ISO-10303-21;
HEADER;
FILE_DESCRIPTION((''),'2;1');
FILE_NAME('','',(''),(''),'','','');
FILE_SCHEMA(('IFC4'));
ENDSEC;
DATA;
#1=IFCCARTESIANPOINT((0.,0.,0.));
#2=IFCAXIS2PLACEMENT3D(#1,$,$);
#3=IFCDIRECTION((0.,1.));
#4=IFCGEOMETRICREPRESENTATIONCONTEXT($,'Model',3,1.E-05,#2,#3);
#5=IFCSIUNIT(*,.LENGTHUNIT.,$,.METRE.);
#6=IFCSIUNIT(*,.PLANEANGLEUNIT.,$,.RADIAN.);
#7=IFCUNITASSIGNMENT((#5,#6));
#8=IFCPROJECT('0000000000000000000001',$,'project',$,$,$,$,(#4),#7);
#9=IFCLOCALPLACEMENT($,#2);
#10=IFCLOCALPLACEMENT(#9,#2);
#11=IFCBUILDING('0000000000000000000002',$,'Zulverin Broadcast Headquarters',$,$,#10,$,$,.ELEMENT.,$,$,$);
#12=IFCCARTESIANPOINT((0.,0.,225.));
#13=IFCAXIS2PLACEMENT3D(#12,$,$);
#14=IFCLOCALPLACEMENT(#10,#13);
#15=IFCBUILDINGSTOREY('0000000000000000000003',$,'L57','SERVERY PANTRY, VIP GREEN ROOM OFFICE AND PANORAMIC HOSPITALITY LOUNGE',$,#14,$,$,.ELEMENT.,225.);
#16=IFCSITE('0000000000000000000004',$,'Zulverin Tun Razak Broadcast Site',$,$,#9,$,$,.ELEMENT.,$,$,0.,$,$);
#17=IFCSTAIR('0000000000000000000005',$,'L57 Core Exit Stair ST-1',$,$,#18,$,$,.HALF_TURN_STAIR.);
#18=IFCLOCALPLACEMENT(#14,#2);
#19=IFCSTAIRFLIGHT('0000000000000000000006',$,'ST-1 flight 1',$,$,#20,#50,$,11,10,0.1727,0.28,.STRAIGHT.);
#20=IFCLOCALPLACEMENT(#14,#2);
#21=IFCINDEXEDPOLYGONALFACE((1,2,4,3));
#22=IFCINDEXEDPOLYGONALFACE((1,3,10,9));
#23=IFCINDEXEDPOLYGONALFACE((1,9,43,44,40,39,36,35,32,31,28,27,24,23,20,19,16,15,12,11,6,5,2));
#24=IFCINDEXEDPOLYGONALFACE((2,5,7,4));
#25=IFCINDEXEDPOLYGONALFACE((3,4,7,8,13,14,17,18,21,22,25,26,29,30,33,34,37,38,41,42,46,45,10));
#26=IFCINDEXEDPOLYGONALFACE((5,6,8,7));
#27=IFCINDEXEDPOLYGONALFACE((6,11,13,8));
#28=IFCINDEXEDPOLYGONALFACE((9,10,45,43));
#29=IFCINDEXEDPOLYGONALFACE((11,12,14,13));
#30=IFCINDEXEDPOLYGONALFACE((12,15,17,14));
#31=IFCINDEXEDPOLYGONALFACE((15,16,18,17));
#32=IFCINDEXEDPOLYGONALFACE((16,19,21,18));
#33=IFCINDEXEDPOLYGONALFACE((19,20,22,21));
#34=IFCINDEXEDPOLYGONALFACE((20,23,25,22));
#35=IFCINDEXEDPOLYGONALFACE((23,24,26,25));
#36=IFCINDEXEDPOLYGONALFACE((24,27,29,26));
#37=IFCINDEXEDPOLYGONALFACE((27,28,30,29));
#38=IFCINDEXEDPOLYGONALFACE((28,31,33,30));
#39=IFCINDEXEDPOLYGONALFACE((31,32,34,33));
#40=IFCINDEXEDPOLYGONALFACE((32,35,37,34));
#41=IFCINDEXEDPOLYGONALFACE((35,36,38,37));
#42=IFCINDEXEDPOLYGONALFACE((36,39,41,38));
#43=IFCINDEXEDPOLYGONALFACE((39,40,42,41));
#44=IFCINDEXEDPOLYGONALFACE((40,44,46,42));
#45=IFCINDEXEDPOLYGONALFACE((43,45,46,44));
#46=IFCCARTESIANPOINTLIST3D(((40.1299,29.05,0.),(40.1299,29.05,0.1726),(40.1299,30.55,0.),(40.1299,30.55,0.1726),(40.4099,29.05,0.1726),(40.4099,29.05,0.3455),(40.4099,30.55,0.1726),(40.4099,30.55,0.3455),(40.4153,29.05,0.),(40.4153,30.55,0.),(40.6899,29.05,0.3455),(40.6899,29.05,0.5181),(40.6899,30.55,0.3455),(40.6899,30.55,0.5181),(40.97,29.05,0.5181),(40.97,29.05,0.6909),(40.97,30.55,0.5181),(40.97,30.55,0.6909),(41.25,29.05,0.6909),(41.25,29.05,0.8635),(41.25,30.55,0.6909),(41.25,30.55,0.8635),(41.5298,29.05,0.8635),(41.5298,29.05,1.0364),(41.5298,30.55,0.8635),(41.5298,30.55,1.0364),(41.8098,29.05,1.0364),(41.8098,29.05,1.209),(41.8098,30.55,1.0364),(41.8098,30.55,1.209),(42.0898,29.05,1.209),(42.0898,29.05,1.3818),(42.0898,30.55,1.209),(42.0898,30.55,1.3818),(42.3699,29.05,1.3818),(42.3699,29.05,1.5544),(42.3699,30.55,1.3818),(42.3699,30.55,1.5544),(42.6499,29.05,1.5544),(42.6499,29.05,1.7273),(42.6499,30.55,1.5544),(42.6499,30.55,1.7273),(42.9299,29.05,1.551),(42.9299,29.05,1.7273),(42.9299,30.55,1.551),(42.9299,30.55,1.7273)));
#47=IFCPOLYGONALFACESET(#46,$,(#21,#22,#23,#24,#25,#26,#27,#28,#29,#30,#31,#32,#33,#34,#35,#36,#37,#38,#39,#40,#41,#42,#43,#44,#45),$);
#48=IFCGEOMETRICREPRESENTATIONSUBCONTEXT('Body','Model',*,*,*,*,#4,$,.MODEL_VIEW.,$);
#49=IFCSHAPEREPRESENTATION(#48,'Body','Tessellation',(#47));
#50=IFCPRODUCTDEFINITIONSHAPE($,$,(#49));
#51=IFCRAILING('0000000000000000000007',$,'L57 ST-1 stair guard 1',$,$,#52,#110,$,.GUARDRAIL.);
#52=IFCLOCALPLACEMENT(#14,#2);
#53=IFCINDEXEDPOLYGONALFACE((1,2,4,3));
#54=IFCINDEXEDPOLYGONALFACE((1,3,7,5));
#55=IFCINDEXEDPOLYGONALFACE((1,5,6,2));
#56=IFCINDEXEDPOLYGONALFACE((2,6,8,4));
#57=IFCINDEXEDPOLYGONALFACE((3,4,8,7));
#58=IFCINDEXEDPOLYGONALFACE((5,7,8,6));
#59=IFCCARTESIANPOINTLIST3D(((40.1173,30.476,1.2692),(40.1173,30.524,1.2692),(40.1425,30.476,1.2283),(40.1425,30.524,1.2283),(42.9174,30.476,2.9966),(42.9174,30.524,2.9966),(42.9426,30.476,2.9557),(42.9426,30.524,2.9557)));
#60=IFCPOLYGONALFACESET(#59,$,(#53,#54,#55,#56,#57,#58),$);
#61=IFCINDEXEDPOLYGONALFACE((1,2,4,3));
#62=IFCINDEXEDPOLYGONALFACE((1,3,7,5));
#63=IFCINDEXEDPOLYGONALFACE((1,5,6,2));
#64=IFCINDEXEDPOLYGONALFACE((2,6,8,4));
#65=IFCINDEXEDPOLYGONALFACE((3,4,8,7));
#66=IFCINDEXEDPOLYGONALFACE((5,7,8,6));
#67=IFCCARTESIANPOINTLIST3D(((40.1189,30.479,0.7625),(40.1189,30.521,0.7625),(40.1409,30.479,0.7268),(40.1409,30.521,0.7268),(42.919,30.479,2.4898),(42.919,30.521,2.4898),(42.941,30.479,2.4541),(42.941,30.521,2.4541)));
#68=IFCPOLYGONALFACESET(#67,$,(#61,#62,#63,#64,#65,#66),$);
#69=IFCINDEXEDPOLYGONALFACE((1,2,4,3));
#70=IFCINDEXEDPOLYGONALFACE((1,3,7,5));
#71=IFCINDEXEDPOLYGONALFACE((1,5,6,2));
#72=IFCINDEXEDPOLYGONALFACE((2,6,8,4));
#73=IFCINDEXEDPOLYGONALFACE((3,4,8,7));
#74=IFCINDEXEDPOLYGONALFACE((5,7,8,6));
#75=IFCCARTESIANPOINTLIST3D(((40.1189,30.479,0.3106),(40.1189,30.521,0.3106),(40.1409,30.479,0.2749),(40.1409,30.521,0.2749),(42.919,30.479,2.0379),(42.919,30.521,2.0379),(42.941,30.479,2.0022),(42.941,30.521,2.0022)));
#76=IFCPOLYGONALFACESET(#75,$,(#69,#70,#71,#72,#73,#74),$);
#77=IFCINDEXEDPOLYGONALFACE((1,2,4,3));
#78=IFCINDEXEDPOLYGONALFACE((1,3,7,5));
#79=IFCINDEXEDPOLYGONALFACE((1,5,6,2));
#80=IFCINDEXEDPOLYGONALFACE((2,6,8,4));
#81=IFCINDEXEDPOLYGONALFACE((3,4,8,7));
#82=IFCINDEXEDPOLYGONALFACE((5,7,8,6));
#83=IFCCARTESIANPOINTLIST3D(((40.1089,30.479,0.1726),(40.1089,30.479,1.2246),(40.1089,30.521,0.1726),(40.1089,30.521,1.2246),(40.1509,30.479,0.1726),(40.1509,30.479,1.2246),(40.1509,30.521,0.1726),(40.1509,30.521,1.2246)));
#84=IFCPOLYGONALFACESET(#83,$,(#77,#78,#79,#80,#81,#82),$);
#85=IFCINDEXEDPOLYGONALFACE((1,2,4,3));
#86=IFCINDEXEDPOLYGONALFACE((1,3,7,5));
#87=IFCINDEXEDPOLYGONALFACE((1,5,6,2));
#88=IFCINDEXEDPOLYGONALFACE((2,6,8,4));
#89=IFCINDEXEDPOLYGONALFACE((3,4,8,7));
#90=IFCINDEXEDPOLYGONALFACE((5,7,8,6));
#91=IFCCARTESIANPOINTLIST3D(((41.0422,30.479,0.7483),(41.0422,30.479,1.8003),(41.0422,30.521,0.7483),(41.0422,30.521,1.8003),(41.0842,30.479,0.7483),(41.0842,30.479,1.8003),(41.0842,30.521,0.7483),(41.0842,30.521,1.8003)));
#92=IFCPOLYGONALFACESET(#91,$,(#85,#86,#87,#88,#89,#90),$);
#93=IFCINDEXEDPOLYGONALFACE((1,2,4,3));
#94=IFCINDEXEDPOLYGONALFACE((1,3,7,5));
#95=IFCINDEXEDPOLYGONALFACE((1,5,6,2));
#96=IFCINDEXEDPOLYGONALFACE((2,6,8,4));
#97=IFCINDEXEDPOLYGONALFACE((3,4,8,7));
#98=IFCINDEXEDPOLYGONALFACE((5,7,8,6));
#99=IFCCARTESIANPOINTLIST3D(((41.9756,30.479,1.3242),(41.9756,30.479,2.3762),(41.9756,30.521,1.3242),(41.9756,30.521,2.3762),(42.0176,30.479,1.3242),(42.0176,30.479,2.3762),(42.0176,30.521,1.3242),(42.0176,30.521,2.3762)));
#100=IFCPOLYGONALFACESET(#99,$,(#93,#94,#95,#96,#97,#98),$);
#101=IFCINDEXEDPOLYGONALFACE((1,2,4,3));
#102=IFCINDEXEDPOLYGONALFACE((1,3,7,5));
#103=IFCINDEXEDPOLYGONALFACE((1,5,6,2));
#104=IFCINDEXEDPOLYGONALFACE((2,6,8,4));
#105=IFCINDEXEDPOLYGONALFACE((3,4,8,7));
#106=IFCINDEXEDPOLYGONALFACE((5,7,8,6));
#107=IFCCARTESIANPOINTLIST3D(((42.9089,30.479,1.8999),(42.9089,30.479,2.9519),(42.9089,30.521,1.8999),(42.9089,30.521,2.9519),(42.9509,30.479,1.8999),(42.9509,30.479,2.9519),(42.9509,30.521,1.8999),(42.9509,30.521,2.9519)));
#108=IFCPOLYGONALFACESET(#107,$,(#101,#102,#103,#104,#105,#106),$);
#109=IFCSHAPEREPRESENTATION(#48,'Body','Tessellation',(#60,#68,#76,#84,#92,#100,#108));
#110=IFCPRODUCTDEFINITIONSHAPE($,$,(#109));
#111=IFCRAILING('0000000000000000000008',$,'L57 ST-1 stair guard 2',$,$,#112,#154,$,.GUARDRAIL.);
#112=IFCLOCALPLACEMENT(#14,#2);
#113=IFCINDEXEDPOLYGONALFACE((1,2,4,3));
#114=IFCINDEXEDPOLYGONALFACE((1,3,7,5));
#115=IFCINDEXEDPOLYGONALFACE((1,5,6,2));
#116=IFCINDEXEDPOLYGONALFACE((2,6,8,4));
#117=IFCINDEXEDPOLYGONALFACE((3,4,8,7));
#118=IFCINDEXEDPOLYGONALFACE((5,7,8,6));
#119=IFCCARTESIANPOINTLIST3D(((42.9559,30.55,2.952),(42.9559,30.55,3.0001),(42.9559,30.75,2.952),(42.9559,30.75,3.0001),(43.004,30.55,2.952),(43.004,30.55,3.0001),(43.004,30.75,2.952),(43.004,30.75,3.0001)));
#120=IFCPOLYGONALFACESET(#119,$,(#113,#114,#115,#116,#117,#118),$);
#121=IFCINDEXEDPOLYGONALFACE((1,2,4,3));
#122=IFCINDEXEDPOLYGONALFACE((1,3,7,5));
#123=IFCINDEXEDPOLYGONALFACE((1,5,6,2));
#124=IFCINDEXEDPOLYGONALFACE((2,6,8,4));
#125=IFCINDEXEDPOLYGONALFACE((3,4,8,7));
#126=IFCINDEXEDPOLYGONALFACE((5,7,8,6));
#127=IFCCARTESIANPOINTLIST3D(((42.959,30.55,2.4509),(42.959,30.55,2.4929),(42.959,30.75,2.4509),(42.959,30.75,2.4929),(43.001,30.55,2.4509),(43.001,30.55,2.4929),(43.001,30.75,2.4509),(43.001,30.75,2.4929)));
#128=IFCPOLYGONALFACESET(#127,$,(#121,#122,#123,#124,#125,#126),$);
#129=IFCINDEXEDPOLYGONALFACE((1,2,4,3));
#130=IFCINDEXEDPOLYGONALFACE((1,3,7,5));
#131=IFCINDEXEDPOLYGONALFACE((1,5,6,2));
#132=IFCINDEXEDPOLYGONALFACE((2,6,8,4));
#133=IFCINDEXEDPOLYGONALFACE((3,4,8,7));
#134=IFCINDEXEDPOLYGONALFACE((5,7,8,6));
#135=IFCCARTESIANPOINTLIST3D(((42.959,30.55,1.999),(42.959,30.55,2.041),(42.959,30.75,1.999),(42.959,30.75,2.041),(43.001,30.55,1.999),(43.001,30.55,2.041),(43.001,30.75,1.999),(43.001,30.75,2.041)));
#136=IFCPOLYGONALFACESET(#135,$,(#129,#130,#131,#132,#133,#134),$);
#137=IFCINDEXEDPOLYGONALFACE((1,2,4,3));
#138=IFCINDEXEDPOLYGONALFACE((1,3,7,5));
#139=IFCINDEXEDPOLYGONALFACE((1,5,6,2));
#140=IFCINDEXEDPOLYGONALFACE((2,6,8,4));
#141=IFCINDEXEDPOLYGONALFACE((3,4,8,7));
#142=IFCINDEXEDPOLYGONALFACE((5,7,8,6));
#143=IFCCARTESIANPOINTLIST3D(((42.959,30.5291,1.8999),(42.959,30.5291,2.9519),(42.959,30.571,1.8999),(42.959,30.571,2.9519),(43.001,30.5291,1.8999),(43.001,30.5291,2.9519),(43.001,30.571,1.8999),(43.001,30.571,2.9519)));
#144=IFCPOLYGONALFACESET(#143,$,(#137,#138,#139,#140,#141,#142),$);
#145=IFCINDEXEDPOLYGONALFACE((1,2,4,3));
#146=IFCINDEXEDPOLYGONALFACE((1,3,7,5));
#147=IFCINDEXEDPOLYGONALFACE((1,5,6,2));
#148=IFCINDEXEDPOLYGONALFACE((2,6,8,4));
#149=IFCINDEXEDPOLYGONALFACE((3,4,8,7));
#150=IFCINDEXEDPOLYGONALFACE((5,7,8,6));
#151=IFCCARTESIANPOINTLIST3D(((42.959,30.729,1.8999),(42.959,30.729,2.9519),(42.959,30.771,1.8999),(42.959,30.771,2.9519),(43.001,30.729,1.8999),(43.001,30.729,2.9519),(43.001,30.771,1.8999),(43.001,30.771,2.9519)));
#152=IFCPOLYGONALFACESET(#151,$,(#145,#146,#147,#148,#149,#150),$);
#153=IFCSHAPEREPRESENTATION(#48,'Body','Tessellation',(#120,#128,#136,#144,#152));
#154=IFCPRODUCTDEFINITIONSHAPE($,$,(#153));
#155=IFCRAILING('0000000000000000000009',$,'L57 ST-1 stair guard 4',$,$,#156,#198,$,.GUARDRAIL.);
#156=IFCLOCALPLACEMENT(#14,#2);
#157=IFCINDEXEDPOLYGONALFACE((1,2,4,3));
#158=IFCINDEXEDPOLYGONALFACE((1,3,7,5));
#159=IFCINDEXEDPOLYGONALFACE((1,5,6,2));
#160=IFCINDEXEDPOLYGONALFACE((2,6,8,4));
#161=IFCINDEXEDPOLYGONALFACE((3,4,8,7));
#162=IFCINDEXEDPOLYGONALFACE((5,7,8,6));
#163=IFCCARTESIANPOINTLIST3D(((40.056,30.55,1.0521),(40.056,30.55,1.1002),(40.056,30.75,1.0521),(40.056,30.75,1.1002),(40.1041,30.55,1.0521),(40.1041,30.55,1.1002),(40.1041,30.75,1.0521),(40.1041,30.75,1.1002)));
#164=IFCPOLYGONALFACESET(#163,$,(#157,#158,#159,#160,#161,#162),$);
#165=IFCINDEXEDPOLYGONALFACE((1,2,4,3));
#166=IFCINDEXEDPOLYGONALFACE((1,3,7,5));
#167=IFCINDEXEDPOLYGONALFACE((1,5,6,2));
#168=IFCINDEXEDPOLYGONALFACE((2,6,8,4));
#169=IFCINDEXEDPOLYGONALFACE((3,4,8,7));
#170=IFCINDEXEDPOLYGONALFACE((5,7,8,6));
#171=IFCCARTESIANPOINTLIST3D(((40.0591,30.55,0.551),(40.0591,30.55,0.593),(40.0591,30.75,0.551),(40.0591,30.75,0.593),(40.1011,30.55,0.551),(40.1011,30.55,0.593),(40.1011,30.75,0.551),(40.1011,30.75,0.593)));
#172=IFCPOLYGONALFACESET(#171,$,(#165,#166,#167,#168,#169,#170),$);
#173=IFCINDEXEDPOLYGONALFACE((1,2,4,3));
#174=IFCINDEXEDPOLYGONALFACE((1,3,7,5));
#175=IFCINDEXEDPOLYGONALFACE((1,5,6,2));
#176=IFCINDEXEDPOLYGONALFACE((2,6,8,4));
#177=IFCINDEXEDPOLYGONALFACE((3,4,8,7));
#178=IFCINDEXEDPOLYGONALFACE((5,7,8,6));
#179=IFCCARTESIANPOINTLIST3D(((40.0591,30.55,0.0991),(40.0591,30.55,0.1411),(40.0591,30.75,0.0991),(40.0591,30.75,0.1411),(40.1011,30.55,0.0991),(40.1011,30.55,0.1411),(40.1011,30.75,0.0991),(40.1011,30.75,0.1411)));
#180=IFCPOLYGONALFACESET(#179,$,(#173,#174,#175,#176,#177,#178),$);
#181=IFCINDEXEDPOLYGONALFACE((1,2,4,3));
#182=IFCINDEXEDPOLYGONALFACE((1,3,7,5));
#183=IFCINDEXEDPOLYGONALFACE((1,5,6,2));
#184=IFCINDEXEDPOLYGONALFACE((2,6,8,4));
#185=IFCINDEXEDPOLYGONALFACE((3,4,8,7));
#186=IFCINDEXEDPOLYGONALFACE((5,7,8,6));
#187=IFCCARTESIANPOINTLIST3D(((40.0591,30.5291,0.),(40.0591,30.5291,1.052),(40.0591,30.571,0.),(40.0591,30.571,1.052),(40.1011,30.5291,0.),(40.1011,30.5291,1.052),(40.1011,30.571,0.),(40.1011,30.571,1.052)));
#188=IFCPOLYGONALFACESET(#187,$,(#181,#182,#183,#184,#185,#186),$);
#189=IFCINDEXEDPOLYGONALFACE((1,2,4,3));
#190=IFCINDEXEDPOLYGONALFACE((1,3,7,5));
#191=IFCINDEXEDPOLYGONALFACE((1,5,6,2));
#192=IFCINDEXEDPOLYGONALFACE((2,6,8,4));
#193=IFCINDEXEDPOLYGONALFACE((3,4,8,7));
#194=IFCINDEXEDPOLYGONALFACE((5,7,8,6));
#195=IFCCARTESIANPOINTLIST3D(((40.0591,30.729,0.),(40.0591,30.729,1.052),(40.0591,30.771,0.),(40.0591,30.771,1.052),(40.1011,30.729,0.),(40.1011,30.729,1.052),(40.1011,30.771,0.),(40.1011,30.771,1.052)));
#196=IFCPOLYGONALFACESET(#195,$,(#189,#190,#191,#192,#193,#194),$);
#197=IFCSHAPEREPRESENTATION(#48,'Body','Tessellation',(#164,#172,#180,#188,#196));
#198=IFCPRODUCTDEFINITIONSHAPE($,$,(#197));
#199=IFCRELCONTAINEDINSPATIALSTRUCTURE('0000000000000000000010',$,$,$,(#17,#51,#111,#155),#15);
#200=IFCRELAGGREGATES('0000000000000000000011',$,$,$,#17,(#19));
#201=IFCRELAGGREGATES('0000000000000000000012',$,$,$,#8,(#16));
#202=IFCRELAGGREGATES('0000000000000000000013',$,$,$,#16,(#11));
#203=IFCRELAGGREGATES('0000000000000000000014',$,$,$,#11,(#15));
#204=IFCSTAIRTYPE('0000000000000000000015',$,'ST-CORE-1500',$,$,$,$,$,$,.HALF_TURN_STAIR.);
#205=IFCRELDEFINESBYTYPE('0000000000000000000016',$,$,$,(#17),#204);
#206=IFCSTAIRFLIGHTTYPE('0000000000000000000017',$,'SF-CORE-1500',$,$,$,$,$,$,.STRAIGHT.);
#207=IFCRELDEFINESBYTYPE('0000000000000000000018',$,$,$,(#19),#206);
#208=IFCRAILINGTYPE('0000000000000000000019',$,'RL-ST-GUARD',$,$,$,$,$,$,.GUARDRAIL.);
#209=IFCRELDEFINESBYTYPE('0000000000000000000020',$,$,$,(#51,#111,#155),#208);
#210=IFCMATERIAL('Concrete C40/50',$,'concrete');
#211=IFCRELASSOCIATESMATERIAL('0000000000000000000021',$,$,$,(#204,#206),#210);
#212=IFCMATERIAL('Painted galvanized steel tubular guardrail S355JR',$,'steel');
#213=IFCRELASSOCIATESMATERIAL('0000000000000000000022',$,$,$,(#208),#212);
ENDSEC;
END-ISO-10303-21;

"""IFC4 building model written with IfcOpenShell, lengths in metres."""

from ifc_helpers import new_model, si_unit, direction, frame, origin, origin_2d, place, context, subcontext, project, spatial, polyline, rectangle, outline, extrude, material, type_object, element, aggregate, save


model = new_model("IFC4")

# Units and contexts
model_context = context("Model", 3, precision=1e-05, world=origin(), true_north=direction((0.0, 1.0)))
body_context = subcontext(model_context, "Body", "Model", "MODEL_VIEW")
ifc_project = project(units=[si_unit("LENGTHUNIT", "METRE"), si_unit("PLANEANGLEUNIT", "RADIAN")], contexts=[model_context])

# Site, building, storey
site_placement = place(None, origin())
site = spatial("IfcSite", under=ifc_project, at=site_placement, Name="Zulverin Tun Razak Broadcast Site", CompositionType="ELEMENT", RefElevation=0.0)
building_placement = place(site_placement, origin())
building = spatial("IfcBuilding", under=site, at=building_placement, Name="Zulverin Broadcast Headquarters", CompositionType="ELEMENT")
storey_placement = place(building_placement, frame((0.0, 0.0, 225.0)))
storey = spatial("IfcBuildingStorey", under=building, at=storey_placement, Name="L57", Description="SERVERY PANTRY, VIP GREEN ROOM OFFICE AND PANORAMIC HOSPITALITY LOUNGE", CompositionType="ELEMENT", Elevation=225.0)

# Stair, stair flight
ifc_material_1 = material(Name="Concrete C40/50", Category="concrete")
stair_type = type_object("IfcStairType", Name="ST-CORE-1500", PredefinedType="HALF_TURN_STAIR", material=ifc_material_1)
stair_placement = place(storey_placement, origin())
stair = element("IfcStair", 1, at=stair_placement, inside=storey, type_object=stair_type, Name="L57 Core Exit Stair ST-1", PredefinedType="HALF_TURN_STAIR")
stair_flight_type = type_object("IfcStairFlightType", Name="SF-CORE-1500", PredefinedType="STRAIGHT", material=ifc_material_1)
stair_flight_placement = place(storey_placement, frame((40.1299, 29.8, 0.0), z_axis=(0.0, 0.0, 1.0), x_axis=(1.0, 0.0, 0.0)))
stair_flight = element("IfcStairFlight", 2, at=stair_flight_placement, type_object=stair_flight_type, Name="ST-1 flight 1", NumberOfRisers=11, NumberOfTreads=10, PredefinedType="STRAIGHT", RiserHeight=0.1727, TreadLength=0.28, context=body_context, shape_type="SweptSolid", body=[
    extrude(outline(polyline([(0.0, 0.0), (0.0, 0.1726), (0.28, 0.1726), (0.28, 0.3455), (0.5601, 0.3455), (0.5601, 0.5181), (0.8401, 0.5181), (0.8401, 0.6909), (1.1201, 0.6909), (1.1201, 0.8635), (1.3999, 0.8635), (1.3999, 1.0364), (1.6799, 1.0364), (1.6799, 1.209), (1.96, 1.209), (1.96, 1.3818), (2.24, 1.3818), (2.24, 1.5544), (2.52, 1.5544), (2.52, 1.7273), (2.8, 1.7273), (2.8, 1.8999), (2.8, 1.551), (0.2854, 0.0), (0.0, 0.0)])), frame((0.0, 0.75, 0.0), z_axis=(0.0, -1.0, 0.0), x_axis=(1.0, 0.0, 0.0)), (0.0, 0.0, 1.0), 1.5),
])
aggregate(stair, [stair_flight])

# Railings
ifc_material_2 = material(Name="Painted galvanized steel tubular guardrail S355JR", Category="steel")
railing_type_1 = type_object("IfcRailingType", Name="RL-ST-GUARD", PredefinedType="GUARDRAIL", material=ifc_material_2)
railing_1_placement = place(storey_placement, frame((40.1299, 30.5, 0.1726)))
element("IfcRailing", 3, at=railing_1_placement, inside=storey, type_object=railing_type_1, Name="L57 ST-1 stair guard 1", PredefinedType="GUARDRAIL", context=body_context, shape_type="SweptSolid", body=[
    extrude(rectangle(XDim=0.0481, YDim=0.0481, at=origin_2d()), frame((0.0, 0.0, 1.0762), z_axis=(0.85109, 0.0, 0.52502), x_axis=(0.0, 1.0, 0.0)), (0.0, 0.0, 1.0), 3.29),
    extrude(rectangle(XDim=0.042, YDim=0.042, at=origin_2d()), frame((0.0, 0.0, 0.572), z_axis=(0.85109, 0.0, 0.52502), x_axis=(0.0, 1.0, 0.0)), (0.0, 0.0, 1.0), 3.29),
    extrude(rectangle(XDim=0.042, YDim=0.042, at=origin_2d()), frame((0.0, 0.0, 0.1201), z_axis=(0.85109, 0.0, 0.52502), x_axis=(0.0, 1.0, 0.0)), (0.0, 0.0, 1.0), 3.29),
    extrude(rectangle(XDim=0.042, YDim=0.042, at=origin_2d()), origin(), (0.0, 0.0, 1.0), 1.052),
    extrude(rectangle(XDim=0.042, YDim=0.042, at=origin_2d()), frame((0.9333, 0.0, 0.5757)), (0.0, 0.0, 1.0), 1.052),
    extrude(rectangle(XDim=0.042, YDim=0.042, at=origin_2d()), frame((1.8667, 0.0, 1.1516)), (0.0, 0.0, 1.0), 1.052),
    extrude(rectangle(XDim=0.042, YDim=0.042, at=origin_2d()), frame((2.8, 0.0, 1.7273)), (0.0, 0.0, 1.0), 1.052),
])
for number, where, name in (
    (4, (42.98, 30.55, 1.8999), "L57 ST-1 stair guard 2"),
    (5, (40.0801, 30.55, 0.0), "L57 ST-1 stair guard 4"),
):
    element("IfcRailing", number, at=place(storey_placement, frame(where)), inside=storey, type_object=railing_type_1, Name=name, PredefinedType="GUARDRAIL", context=body_context, shape_type="SweptSolid", body=[
        extrude(rectangle(XDim=0.0481, YDim=0.0481, at=origin_2d()), frame((0.0, 0.0, 1.0762), z_axis=(0.0, 1.0, 0.0), x_axis=(-1.0, 0.0, 0.0)), (0.0, 0.0, 1.0), 0.2),
        extrude(rectangle(XDim=0.042, YDim=0.042, at=origin_2d()), frame((0.0, 0.0, 0.572), z_axis=(0.0, 1.0, 0.0), x_axis=(-1.0, 0.0, 0.0)), (0.0, 0.0, 1.0), 0.2),
        extrude(rectangle(XDim=0.042, YDim=0.042, at=origin_2d()), frame((0.0, 0.0, 0.1201), z_axis=(0.0, 1.0, 0.0), x_axis=(-1.0, 0.0, 0.0)), (0.0, 0.0, 1.0), 0.2),
        extrude(rectangle(XDim=0.042, YDim=0.042, at=origin_2d()), origin(), (0.0, 0.0, 1.0), 1.052),
        extrude(rectangle(XDim=0.042, YDim=0.042, at=origin_2d()), frame((0.0, 0.2, 0.0)), (0.0, 0.0, 1.0), 1.052),
    ])

save(model, "model.ifc")
